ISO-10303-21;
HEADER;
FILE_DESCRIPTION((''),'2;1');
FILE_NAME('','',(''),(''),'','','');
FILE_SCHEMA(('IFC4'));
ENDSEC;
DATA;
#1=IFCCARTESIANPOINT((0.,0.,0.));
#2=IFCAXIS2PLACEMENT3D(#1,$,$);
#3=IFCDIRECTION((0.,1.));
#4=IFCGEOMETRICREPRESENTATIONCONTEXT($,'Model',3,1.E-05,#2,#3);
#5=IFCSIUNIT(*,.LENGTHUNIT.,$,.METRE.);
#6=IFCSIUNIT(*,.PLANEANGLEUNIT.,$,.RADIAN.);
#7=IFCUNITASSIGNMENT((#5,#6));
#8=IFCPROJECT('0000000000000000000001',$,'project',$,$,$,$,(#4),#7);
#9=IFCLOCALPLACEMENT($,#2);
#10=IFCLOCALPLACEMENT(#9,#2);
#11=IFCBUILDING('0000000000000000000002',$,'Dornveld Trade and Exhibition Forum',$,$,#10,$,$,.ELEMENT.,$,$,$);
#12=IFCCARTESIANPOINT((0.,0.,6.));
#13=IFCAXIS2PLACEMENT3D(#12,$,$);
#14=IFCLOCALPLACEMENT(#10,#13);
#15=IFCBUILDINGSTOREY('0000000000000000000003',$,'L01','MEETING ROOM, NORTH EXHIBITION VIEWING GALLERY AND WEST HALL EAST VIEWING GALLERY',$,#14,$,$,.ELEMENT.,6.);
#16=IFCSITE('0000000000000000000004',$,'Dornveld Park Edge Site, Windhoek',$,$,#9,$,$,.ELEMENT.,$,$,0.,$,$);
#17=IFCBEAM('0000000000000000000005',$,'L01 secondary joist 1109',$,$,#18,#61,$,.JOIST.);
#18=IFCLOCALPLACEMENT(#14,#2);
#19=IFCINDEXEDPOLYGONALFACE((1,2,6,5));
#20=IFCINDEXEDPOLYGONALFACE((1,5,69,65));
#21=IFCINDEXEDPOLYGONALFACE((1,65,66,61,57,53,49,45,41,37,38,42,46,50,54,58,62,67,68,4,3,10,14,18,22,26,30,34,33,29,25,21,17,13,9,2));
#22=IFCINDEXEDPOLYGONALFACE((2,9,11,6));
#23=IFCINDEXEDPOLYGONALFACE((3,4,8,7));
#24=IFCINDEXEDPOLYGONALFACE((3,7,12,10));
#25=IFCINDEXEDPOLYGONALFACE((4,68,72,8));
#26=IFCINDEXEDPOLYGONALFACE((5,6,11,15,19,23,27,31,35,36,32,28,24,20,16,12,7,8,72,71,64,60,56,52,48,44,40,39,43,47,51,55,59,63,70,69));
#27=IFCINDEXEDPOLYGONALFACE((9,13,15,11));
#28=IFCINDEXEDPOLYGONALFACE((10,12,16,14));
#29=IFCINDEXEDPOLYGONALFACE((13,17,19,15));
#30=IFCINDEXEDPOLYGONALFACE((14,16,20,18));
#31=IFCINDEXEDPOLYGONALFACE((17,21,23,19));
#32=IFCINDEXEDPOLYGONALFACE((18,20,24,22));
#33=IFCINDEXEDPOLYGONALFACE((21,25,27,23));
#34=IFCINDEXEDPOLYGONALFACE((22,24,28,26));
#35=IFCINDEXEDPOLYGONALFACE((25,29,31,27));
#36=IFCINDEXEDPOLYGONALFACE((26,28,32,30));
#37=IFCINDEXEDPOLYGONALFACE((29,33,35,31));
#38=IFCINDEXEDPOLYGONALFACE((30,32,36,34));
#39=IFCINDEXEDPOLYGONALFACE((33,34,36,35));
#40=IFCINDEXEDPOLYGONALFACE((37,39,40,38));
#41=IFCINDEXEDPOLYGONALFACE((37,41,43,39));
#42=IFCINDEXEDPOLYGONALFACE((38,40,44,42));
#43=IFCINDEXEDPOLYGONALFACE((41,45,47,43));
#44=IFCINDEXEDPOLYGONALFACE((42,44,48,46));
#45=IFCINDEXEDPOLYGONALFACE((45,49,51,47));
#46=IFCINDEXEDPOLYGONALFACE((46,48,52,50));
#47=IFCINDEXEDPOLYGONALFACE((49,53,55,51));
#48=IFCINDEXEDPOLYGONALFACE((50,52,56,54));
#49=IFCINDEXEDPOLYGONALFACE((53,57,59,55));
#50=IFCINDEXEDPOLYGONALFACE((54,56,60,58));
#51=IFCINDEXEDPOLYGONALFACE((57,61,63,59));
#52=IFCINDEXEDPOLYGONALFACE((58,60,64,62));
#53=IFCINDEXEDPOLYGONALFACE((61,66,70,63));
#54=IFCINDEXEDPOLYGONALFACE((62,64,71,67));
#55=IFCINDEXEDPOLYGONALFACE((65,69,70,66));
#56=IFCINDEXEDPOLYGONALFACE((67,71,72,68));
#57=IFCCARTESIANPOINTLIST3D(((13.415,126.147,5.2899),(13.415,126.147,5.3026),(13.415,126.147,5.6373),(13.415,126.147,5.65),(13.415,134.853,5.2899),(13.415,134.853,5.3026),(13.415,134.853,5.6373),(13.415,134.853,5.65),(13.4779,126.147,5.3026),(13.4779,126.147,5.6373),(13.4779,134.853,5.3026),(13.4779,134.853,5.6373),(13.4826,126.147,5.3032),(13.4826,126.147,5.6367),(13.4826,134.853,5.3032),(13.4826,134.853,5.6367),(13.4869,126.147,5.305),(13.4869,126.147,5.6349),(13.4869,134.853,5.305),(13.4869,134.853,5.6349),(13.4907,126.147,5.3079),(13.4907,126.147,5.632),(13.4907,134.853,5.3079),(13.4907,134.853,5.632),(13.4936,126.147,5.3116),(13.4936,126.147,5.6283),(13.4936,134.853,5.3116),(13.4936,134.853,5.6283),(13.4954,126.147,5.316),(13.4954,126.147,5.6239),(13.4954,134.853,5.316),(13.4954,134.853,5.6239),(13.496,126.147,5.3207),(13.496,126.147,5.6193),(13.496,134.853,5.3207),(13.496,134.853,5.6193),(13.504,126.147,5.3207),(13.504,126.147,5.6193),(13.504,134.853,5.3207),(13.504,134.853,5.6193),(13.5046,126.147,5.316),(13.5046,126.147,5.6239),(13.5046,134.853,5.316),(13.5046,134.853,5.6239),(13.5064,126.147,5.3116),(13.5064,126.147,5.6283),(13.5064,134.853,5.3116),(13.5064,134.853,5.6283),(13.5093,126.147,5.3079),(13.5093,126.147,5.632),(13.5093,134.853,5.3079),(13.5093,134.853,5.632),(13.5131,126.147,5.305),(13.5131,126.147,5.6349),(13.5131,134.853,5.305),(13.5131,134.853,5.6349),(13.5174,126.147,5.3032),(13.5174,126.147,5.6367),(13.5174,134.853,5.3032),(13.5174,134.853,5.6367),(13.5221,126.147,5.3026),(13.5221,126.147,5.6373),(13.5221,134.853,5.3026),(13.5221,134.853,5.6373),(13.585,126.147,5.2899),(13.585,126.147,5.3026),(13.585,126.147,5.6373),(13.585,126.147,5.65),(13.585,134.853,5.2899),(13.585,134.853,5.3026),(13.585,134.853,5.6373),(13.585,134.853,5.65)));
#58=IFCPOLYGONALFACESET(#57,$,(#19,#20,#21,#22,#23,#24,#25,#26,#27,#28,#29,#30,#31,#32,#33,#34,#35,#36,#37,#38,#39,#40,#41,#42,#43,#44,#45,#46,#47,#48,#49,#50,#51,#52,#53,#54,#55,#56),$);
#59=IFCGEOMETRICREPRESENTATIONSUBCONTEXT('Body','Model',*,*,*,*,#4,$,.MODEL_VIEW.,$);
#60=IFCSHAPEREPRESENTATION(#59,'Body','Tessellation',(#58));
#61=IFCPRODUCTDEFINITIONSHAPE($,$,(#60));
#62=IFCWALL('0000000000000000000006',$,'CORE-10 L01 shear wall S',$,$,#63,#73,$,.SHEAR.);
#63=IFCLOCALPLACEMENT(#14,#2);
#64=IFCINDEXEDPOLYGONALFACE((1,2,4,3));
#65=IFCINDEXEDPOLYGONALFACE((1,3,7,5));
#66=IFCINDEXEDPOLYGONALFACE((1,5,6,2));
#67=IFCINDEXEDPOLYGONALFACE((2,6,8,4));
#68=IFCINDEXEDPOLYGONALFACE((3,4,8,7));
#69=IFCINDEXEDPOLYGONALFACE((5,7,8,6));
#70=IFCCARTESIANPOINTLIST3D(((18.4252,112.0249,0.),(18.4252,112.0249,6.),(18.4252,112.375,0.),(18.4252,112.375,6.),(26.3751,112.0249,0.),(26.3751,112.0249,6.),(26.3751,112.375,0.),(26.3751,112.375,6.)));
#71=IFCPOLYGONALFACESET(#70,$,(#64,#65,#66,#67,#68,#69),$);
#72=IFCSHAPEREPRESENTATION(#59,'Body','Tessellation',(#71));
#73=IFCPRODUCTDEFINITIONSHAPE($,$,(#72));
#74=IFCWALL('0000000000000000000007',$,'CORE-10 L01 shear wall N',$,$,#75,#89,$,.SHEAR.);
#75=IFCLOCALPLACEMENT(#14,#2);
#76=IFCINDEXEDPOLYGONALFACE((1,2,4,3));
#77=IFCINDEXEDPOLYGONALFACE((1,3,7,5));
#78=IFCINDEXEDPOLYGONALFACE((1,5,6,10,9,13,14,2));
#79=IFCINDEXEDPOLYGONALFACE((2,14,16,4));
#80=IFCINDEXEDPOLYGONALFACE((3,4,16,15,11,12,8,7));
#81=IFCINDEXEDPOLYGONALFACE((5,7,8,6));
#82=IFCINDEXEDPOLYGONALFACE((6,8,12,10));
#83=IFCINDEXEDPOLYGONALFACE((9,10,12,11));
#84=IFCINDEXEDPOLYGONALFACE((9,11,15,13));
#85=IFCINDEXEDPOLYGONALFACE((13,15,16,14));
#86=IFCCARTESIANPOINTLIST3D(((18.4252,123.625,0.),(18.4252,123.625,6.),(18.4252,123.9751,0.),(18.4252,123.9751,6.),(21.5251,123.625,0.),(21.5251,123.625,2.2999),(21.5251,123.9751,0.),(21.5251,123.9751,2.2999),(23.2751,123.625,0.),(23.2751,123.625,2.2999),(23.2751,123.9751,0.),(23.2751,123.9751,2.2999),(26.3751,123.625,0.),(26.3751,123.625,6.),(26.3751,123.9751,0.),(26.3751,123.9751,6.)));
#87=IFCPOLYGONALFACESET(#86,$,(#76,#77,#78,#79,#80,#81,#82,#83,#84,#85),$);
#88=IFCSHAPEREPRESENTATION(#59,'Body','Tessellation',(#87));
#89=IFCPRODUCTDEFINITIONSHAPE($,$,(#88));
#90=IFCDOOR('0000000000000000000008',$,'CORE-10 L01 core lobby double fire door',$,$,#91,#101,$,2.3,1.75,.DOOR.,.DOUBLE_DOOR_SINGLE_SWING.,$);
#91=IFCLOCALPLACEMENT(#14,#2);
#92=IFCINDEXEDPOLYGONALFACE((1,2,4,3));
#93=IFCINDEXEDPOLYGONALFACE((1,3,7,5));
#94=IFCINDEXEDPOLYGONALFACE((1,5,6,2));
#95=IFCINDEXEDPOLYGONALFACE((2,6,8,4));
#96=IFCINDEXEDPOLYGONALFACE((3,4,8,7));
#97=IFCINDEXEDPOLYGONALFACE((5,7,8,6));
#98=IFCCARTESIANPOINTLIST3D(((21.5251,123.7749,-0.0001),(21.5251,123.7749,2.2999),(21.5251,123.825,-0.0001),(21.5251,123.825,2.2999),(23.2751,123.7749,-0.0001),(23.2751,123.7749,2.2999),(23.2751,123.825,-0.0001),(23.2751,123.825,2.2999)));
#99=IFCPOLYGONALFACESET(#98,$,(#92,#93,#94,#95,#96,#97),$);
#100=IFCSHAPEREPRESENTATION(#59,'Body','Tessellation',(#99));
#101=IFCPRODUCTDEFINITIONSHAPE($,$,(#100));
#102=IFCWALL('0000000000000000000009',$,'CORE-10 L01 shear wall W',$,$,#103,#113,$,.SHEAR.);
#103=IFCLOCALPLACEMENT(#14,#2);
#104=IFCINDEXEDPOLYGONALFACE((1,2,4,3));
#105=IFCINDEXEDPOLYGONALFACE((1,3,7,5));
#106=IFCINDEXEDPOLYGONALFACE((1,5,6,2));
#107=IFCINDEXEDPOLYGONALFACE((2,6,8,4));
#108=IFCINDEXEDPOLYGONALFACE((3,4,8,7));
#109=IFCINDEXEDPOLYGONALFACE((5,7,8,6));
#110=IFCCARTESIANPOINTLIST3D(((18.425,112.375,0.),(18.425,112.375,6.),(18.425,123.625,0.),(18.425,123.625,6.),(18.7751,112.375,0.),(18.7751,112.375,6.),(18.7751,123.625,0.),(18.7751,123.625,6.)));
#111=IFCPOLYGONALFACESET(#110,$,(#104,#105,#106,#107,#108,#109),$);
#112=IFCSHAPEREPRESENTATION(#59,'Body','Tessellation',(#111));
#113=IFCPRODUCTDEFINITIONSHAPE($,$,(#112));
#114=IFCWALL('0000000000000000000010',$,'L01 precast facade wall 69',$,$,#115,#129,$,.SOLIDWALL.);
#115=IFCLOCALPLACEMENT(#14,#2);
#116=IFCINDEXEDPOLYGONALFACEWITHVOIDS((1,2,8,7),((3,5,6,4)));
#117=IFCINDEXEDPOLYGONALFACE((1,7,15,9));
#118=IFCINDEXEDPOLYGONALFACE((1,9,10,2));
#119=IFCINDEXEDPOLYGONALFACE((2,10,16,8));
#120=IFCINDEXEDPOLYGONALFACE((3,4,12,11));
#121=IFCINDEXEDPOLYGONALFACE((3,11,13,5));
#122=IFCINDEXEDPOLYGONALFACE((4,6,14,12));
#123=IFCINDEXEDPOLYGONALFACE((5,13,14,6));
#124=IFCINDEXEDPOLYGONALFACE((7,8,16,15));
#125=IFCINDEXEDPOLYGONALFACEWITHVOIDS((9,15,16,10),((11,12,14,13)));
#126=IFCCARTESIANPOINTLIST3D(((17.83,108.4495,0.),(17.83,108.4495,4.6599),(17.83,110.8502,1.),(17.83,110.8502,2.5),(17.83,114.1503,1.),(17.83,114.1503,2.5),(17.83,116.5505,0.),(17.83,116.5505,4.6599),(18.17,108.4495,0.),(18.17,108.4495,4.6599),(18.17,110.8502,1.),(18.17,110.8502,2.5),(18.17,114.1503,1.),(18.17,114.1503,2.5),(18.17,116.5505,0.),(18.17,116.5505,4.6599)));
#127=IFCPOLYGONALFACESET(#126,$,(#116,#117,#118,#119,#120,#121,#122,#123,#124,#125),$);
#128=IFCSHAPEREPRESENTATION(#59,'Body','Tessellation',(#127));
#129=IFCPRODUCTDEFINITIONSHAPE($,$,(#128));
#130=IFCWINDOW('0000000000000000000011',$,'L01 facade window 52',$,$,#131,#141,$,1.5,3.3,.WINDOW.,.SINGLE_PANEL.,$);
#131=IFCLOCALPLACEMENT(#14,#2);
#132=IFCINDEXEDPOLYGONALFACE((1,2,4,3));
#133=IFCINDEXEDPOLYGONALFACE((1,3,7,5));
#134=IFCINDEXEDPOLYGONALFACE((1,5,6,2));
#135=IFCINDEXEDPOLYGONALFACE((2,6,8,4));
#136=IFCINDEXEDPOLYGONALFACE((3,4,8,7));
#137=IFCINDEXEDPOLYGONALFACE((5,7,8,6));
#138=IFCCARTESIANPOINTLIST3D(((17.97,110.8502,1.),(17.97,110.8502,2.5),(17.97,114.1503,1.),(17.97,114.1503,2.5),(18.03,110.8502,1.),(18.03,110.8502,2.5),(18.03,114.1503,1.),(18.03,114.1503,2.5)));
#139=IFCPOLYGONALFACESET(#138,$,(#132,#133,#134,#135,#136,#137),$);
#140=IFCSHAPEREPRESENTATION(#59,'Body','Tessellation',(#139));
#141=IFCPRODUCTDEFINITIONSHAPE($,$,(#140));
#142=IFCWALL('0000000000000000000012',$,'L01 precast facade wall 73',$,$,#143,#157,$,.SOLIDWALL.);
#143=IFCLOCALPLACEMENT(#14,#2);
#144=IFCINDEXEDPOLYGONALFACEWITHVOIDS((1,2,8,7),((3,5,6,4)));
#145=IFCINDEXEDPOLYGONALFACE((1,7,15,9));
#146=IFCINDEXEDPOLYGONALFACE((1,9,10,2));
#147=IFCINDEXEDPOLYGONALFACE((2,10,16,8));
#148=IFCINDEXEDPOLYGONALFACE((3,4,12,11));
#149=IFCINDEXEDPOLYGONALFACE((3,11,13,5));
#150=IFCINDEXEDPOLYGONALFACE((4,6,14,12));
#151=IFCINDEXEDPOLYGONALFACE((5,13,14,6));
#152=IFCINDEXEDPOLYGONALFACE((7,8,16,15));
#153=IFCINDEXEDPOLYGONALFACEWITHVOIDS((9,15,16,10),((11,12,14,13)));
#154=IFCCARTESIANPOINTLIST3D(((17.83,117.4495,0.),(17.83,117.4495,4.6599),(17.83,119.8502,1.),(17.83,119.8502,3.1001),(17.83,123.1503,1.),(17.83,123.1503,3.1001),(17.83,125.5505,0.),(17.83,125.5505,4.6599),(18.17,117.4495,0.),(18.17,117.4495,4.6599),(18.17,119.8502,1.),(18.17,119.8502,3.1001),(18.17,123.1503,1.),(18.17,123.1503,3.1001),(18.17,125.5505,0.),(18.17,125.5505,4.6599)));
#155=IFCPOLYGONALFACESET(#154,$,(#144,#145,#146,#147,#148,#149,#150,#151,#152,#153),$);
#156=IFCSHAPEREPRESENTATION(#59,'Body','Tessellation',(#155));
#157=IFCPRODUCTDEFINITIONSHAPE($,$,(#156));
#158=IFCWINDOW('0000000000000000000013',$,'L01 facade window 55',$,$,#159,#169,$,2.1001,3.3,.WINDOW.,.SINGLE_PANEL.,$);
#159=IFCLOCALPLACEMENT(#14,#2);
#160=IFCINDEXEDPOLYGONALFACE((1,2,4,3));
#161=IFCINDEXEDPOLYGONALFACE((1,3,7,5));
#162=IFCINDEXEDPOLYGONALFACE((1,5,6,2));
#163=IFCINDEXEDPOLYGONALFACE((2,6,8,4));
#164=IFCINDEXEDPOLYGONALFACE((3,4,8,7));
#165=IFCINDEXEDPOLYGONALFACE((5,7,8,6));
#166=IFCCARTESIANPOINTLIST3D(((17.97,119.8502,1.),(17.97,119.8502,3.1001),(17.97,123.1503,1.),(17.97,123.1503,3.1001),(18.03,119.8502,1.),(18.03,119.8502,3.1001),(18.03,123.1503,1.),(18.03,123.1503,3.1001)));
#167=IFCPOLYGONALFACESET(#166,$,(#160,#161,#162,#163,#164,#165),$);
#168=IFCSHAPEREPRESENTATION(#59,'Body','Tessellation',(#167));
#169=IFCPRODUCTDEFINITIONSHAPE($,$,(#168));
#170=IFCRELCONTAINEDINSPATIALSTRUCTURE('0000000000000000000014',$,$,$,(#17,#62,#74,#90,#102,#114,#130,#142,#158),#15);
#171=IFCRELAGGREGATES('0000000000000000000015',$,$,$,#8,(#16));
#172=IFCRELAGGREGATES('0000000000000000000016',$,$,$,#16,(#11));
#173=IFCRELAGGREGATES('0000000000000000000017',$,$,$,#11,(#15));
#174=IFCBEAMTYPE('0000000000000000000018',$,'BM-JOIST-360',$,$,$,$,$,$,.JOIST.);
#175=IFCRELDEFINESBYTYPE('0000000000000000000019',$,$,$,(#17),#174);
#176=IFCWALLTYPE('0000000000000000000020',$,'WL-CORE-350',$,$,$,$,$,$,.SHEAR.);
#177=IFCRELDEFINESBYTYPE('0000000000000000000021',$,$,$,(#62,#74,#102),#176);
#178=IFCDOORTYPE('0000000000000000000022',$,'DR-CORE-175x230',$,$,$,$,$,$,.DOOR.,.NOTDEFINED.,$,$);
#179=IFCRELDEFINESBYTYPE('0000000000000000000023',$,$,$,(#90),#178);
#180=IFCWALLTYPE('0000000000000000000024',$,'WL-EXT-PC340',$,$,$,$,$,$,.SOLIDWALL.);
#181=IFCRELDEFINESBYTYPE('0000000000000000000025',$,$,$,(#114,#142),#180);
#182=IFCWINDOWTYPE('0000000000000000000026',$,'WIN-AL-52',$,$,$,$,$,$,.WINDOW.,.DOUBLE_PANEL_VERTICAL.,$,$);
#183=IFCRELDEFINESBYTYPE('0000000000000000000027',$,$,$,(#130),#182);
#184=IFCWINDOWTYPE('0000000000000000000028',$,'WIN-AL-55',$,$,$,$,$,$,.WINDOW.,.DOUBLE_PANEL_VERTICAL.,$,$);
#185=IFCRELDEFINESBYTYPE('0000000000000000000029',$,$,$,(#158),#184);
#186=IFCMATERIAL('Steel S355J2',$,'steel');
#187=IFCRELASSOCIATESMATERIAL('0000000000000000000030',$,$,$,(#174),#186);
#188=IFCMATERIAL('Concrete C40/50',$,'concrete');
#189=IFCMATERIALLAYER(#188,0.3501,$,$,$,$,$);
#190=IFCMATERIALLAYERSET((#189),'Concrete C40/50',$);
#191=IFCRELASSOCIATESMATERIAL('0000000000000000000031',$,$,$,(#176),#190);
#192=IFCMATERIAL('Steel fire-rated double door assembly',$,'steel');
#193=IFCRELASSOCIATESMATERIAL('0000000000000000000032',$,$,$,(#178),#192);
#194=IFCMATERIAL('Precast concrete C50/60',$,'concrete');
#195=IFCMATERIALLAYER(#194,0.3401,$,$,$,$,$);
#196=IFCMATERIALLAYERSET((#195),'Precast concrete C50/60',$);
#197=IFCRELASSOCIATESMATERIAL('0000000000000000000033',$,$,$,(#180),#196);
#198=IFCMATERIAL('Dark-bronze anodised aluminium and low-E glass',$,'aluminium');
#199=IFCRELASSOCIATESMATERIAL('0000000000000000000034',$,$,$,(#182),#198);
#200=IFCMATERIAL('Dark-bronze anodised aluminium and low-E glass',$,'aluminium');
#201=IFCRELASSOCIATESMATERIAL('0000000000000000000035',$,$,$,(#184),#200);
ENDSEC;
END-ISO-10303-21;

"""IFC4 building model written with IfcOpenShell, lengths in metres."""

from ifc_helpers import new_model, si_unit, direction, frame, frame_2d, origin, origin_2d, place, context, subcontext, project, spatial, rectangle, i_section, extrude, material, layer, layer_set, material_profile, profile_set, type_object, element, fill, save


model = new_model("IFC4")

# Units and contexts
model_context = context("Model", 3, precision=1e-05, world=origin(), true_north=direction((0.0, 1.0)))
body_context = subcontext(model_context, "Body", "Model", "MODEL_VIEW")
ifc_project = project(units=[si_unit("LENGTHUNIT", "METRE"), si_unit("PLANEANGLEUNIT", "RADIAN")], contexts=[model_context])

# Site, building, storey
site_placement = place(None, origin())
site = spatial("IfcSite", under=ifc_project, at=site_placement, Name="Dornveld Park Edge Site, Windhoek", CompositionType="ELEMENT", RefElevation=0.0)
building_placement = place(site_placement, origin())
building = spatial("IfcBuilding", under=site, at=building_placement, Name="Dornveld Trade and Exhibition Forum", CompositionType="ELEMENT")
storey_placement = place(building_placement, frame((0.0, 0.0, 6.0)))
storey = spatial("IfcBuildingStorey", under=building, at=storey_placement, Name="L01", Description="MEETING ROOM, NORTH EXHIBITION VIEWING GALLERY AND WEST HALL EAST VIEWING GALLERY", CompositionType="ELEMENT", Elevation=6.0)

# Beam
ifc_material_1 = material(Name="Steel S355J2", Category="steel")
ifc_material_profile_1 = material_profile(ifc_material_1, i_section(OverallWidth=0.1699, OverallDepth=0.3601, WebThickness=0.0081, FlangeThickness=0.0127, FilletRadius=0.0181, at=origin_2d()), Name="IPE 360")
ifc_profile_set_1 = profile_set([ifc_material_profile_1], Name="Steel S355J2")
beam_type_1 = type_object("IfcBeamType", Name="BM-JOIST-360", PredefinedType="JOIST", material=ifc_profile_set_1)
for number, where, z_axis, x_axis, name in (
    (1, (13.5, 126.147, 5.47), (0.0, 1.0, 0.0), (-1.0, 0.0, 0.0), "L01 secondary joist 1109"),
):
    element("IfcBeam", number, at=place(storey_placement, frame(where, z_axis=z_axis, x_axis=x_axis)), inside=storey, type_object=beam_type_1, Name=name, PredefinedType="JOIST", context=body_context, shape_type="SweptSolid", body=[
        extrude(i_section(OverallWidth=0.1699, OverallDepth=0.3601, WebThickness=0.0081, FlangeThickness=0.0127, FilletRadius=0.0181, at=origin_2d()), origin(), (0.0, 0.0, 1.0), 8.7061),
    ])

# Wall
ifc_material_2 = material(Name="Concrete C40/50", Category="concrete")
ifc_layer_1 = layer(ifc_material_2, 0.3501)
ifc_layer_set_1 = layer_set([ifc_layer_1], Name="Concrete C40/50")
wall_type_1 = type_object("IfcWallType", Name="WL-CORE-350", PredefinedType="SHEAR", material=ifc_layer_set_1)
wall_1_placement = place(storey_placement, frame((18.425, 112.2, 0.0), z_axis=(0.0, 0.0, 1.0), x_axis=(1.0, 0.0, 0.0)))
element("IfcWall", 2, at=wall_1_placement, inside=storey, type_object=wall_type_1, Name="CORE-10 L01 shear wall S", PredefinedType="SHEAR", context=body_context, shape_type="SweptSolid", body=[
    extrude(rectangle(XDim=7.95, YDim=0.3501, at=frame_2d((3.9751, 0.0))), origin(), (0.0, 0.0, 1.0), 6.0),
])

# Wall, opening, door
wall_2_placement = place(storey_placement, frame((18.425, 123.8, 0.0), z_axis=(0.0, 0.0, 1.0), x_axis=(1.0, 0.0, 0.0)))
wall_2 = element("IfcWall", 3, at=wall_2_placement, inside=storey, type_object=wall_type_1, Name="CORE-10 L01 shear wall N", PredefinedType="SHEAR", context=body_context, shape_type="SweptSolid", body=[
    extrude(rectangle(XDim=7.95, YDim=0.3501, at=frame_2d((3.9751, 0.0))), origin(), (0.0, 0.0, 1.0), 6.0),
])
opening_1_placement = place(wall_2_placement, frame((3.1001, 0.0, 0.0)))
opening_1 = element("IfcOpeningElement", 4, at=opening_1_placement, cuts=wall_2, PredefinedType="OPENING", context=body_context, shape_type="SweptSolid", body=[
    extrude(rectangle(XDim=1.75, YDim=2.3, at=frame_2d((0.875, 1.1499))), frame((0.0, 0.1851, 0.0), z_axis=(0.0, -1.0, 0.0), x_axis=(1.0, 0.0, 0.0)), (0.0, 0.0, 1.0), 0.3701),
])
ifc_material_3 = material(Name="Steel fire-rated double door assembly", Category="steel")
door_type_1 = type_object("IfcDoorType", Name="DR-CORE-175x230", OperationType="NOTDEFINED", PredefinedType="DOOR", material=ifc_material_3)
door_1_placement = place(opening_1_placement, origin())
door_1 = element("IfcDoor", 5, at=door_1_placement, inside=storey, type_object=door_type_1, Name="CORE-10 L01 core lobby double fire door", OperationType="DOUBLE_DOOR_SINGLE_SWING", OverallHeight=2.3, OverallWidth=1.75, PredefinedType="DOOR", context=body_context, shape_type="SweptSolid", body=[
    extrude(rectangle(XDim=1.75, YDim=2.3, at=frame_2d((0.875, 1.1499))), frame((0.0, 0.0249, 0.0), z_axis=(0.0, -1.0, 0.0), x_axis=(1.0, 0.0, 0.0)), (0.0, 0.0, 1.0), 0.05),
])
fill(opening_1, door_1)

# Wall
wall_3_placement = place(storey_placement, frame((18.6001, 112.375, 0.0), z_axis=(0.0, 0.0, 1.0), x_axis=(0.0, 1.0, 0.0)))
element("IfcWall", 6, at=wall_3_placement, inside=storey, type_object=wall_type_1, Name="CORE-10 L01 shear wall W", PredefinedType="SHEAR", context=body_context, shape_type="SweptSolid", body=[
    extrude(rectangle(XDim=11.25, YDim=0.3501, at=frame_2d((5.625, 0.0))), origin(), (0.0, 0.0, 1.0), 6.0),
])

# Walls, openings, windows
ifc_material_4 = material(Name="Precast concrete C50/60", Category="concrete")
ifc_layer_2 = layer(ifc_material_4, 0.3401)
ifc_layer_set_2 = layer_set([ifc_layer_2], Name="Precast concrete C50/60")
wall_type_2 = type_object("IfcWallType", Name="WL-EXT-PC340", PredefinedType="SOLIDWALL", material=ifc_layer_set_2)
wall_4_placement = place(storey_placement, frame((18.0, 116.5505, 0.0), z_axis=(0.0, 0.0, 1.0), x_axis=(0.0, -1.0, 0.0)))
wall_4 = element("IfcWall", 7, at=wall_4_placement, inside=storey, type_object=wall_type_2, Name="L01 precast facade wall 69", PredefinedType="SOLIDWALL", context=body_context, shape_type="SweptSolid", body=[
    extrude(rectangle(XDim=8.1011, YDim=0.3401, at=frame_2d((4.0505, 0.0))), origin(), (0.0, 0.0, 1.0), 4.6599),
])
opening_2_placement = place(wall_4_placement, frame((2.4004, 0.0, 1.0)))
opening_2 = element("IfcOpeningElement", 8, at=opening_2_placement, cuts=wall_4, PredefinedType="OPENING", context=body_context, shape_type="SweptSolid", body=[
    extrude(rectangle(XDim=3.3, YDim=1.5, at=frame_2d((1.6499, 0.75))), frame((0.0, 0.1799, 0.0), z_axis=(0.0, -1.0, 0.0), x_axis=(1.0, 0.0, 0.0)), (0.0, 0.0, 1.0), 0.3601),
])
ifc_material_5 = material(Name="Dark-bronze anodised aluminium and low-E glass", Category="aluminium")
window_type_1 = type_object("IfcWindowType", Name="WIN-AL-52", PartitioningType="DOUBLE_PANEL_VERTICAL", PredefinedType="WINDOW", material=ifc_material_5)
window_1_placement = place(opening_2_placement, origin())
window_1 = element("IfcWindow", 9, at=window_1_placement, inside=storey, type_object=window_type_1, Name="L01 facade window 52", OverallHeight=1.5, OverallWidth=3.3, PartitioningType="SINGLE_PANEL", PredefinedType="WINDOW", context=body_context, shape_type="SweptSolid", body=[
    extrude(rectangle(XDim=3.3, YDim=1.5, at=frame_2d((1.6499, 0.75))), frame((0.0, 0.03, 0.0), z_axis=(0.0, -1.0, 0.0), x_axis=(1.0, 0.0, 0.0)), (0.0, 0.0, 1.0), 0.0601),
])
fill(opening_2, window_1)
wall_5_placement = place(storey_placement, frame((18.0, 125.5505, 0.0), z_axis=(0.0, 0.0, 1.0), x_axis=(0.0, -1.0, 0.0)))
wall_5 = element("IfcWall", 10, at=wall_5_placement, inside=storey, type_object=wall_type_2, Name="L01 precast facade wall 73", PredefinedType="SOLIDWALL", context=body_context, shape_type="SweptSolid", body=[
    extrude(rectangle(XDim=8.1011, YDim=0.3401, at=frame_2d((4.0505, 0.0))), origin(), (0.0, 0.0, 1.0), 4.6599),
])
opening_3_placement = place(wall_5_placement, frame((2.4004, 0.0, 1.0)))
opening_3 = element("IfcOpeningElement", 11, at=opening_3_placement, cuts=wall_5, PredefinedType="OPENING", context=body_context, shape_type="SweptSolid", body=[
    extrude(rectangle(XDim=3.3, YDim=2.1001, at=frame_2d((1.6499, 1.05))), frame((0.0, 0.1799, 0.0), z_axis=(0.0, -1.0, 0.0), x_axis=(1.0, 0.0, 0.0)), (0.0, 0.0, 1.0), 0.3601),
])
ifc_material_6 = material(Name="Dark-bronze anodised aluminium and low-E glass", Category="aluminium")
window_type_2 = type_object("IfcWindowType", Name="WIN-AL-55", PartitioningType="DOUBLE_PANEL_VERTICAL", PredefinedType="WINDOW", material=ifc_material_6)
window_2_placement = place(opening_3_placement, origin())
window_2 = element("IfcWindow", 12, at=window_2_placement, inside=storey, type_object=window_type_2, Name="L01 facade window 55", OverallHeight=2.1001, OverallWidth=3.3, PartitioningType="SINGLE_PANEL", PredefinedType="WINDOW", context=body_context, shape_type="SweptSolid", body=[
    extrude(rectangle(XDim=3.3, YDim=2.1001, at=frame_2d((1.6499, 1.05))), frame((0.0, 0.03, 0.0), z_axis=(0.0, -1.0, 0.0), x_axis=(1.0, 0.0, 0.0)), (0.0, 0.0, 1.0), 0.0601),
])
fill(opening_3, window_2)

save(model, "model.ifc")
